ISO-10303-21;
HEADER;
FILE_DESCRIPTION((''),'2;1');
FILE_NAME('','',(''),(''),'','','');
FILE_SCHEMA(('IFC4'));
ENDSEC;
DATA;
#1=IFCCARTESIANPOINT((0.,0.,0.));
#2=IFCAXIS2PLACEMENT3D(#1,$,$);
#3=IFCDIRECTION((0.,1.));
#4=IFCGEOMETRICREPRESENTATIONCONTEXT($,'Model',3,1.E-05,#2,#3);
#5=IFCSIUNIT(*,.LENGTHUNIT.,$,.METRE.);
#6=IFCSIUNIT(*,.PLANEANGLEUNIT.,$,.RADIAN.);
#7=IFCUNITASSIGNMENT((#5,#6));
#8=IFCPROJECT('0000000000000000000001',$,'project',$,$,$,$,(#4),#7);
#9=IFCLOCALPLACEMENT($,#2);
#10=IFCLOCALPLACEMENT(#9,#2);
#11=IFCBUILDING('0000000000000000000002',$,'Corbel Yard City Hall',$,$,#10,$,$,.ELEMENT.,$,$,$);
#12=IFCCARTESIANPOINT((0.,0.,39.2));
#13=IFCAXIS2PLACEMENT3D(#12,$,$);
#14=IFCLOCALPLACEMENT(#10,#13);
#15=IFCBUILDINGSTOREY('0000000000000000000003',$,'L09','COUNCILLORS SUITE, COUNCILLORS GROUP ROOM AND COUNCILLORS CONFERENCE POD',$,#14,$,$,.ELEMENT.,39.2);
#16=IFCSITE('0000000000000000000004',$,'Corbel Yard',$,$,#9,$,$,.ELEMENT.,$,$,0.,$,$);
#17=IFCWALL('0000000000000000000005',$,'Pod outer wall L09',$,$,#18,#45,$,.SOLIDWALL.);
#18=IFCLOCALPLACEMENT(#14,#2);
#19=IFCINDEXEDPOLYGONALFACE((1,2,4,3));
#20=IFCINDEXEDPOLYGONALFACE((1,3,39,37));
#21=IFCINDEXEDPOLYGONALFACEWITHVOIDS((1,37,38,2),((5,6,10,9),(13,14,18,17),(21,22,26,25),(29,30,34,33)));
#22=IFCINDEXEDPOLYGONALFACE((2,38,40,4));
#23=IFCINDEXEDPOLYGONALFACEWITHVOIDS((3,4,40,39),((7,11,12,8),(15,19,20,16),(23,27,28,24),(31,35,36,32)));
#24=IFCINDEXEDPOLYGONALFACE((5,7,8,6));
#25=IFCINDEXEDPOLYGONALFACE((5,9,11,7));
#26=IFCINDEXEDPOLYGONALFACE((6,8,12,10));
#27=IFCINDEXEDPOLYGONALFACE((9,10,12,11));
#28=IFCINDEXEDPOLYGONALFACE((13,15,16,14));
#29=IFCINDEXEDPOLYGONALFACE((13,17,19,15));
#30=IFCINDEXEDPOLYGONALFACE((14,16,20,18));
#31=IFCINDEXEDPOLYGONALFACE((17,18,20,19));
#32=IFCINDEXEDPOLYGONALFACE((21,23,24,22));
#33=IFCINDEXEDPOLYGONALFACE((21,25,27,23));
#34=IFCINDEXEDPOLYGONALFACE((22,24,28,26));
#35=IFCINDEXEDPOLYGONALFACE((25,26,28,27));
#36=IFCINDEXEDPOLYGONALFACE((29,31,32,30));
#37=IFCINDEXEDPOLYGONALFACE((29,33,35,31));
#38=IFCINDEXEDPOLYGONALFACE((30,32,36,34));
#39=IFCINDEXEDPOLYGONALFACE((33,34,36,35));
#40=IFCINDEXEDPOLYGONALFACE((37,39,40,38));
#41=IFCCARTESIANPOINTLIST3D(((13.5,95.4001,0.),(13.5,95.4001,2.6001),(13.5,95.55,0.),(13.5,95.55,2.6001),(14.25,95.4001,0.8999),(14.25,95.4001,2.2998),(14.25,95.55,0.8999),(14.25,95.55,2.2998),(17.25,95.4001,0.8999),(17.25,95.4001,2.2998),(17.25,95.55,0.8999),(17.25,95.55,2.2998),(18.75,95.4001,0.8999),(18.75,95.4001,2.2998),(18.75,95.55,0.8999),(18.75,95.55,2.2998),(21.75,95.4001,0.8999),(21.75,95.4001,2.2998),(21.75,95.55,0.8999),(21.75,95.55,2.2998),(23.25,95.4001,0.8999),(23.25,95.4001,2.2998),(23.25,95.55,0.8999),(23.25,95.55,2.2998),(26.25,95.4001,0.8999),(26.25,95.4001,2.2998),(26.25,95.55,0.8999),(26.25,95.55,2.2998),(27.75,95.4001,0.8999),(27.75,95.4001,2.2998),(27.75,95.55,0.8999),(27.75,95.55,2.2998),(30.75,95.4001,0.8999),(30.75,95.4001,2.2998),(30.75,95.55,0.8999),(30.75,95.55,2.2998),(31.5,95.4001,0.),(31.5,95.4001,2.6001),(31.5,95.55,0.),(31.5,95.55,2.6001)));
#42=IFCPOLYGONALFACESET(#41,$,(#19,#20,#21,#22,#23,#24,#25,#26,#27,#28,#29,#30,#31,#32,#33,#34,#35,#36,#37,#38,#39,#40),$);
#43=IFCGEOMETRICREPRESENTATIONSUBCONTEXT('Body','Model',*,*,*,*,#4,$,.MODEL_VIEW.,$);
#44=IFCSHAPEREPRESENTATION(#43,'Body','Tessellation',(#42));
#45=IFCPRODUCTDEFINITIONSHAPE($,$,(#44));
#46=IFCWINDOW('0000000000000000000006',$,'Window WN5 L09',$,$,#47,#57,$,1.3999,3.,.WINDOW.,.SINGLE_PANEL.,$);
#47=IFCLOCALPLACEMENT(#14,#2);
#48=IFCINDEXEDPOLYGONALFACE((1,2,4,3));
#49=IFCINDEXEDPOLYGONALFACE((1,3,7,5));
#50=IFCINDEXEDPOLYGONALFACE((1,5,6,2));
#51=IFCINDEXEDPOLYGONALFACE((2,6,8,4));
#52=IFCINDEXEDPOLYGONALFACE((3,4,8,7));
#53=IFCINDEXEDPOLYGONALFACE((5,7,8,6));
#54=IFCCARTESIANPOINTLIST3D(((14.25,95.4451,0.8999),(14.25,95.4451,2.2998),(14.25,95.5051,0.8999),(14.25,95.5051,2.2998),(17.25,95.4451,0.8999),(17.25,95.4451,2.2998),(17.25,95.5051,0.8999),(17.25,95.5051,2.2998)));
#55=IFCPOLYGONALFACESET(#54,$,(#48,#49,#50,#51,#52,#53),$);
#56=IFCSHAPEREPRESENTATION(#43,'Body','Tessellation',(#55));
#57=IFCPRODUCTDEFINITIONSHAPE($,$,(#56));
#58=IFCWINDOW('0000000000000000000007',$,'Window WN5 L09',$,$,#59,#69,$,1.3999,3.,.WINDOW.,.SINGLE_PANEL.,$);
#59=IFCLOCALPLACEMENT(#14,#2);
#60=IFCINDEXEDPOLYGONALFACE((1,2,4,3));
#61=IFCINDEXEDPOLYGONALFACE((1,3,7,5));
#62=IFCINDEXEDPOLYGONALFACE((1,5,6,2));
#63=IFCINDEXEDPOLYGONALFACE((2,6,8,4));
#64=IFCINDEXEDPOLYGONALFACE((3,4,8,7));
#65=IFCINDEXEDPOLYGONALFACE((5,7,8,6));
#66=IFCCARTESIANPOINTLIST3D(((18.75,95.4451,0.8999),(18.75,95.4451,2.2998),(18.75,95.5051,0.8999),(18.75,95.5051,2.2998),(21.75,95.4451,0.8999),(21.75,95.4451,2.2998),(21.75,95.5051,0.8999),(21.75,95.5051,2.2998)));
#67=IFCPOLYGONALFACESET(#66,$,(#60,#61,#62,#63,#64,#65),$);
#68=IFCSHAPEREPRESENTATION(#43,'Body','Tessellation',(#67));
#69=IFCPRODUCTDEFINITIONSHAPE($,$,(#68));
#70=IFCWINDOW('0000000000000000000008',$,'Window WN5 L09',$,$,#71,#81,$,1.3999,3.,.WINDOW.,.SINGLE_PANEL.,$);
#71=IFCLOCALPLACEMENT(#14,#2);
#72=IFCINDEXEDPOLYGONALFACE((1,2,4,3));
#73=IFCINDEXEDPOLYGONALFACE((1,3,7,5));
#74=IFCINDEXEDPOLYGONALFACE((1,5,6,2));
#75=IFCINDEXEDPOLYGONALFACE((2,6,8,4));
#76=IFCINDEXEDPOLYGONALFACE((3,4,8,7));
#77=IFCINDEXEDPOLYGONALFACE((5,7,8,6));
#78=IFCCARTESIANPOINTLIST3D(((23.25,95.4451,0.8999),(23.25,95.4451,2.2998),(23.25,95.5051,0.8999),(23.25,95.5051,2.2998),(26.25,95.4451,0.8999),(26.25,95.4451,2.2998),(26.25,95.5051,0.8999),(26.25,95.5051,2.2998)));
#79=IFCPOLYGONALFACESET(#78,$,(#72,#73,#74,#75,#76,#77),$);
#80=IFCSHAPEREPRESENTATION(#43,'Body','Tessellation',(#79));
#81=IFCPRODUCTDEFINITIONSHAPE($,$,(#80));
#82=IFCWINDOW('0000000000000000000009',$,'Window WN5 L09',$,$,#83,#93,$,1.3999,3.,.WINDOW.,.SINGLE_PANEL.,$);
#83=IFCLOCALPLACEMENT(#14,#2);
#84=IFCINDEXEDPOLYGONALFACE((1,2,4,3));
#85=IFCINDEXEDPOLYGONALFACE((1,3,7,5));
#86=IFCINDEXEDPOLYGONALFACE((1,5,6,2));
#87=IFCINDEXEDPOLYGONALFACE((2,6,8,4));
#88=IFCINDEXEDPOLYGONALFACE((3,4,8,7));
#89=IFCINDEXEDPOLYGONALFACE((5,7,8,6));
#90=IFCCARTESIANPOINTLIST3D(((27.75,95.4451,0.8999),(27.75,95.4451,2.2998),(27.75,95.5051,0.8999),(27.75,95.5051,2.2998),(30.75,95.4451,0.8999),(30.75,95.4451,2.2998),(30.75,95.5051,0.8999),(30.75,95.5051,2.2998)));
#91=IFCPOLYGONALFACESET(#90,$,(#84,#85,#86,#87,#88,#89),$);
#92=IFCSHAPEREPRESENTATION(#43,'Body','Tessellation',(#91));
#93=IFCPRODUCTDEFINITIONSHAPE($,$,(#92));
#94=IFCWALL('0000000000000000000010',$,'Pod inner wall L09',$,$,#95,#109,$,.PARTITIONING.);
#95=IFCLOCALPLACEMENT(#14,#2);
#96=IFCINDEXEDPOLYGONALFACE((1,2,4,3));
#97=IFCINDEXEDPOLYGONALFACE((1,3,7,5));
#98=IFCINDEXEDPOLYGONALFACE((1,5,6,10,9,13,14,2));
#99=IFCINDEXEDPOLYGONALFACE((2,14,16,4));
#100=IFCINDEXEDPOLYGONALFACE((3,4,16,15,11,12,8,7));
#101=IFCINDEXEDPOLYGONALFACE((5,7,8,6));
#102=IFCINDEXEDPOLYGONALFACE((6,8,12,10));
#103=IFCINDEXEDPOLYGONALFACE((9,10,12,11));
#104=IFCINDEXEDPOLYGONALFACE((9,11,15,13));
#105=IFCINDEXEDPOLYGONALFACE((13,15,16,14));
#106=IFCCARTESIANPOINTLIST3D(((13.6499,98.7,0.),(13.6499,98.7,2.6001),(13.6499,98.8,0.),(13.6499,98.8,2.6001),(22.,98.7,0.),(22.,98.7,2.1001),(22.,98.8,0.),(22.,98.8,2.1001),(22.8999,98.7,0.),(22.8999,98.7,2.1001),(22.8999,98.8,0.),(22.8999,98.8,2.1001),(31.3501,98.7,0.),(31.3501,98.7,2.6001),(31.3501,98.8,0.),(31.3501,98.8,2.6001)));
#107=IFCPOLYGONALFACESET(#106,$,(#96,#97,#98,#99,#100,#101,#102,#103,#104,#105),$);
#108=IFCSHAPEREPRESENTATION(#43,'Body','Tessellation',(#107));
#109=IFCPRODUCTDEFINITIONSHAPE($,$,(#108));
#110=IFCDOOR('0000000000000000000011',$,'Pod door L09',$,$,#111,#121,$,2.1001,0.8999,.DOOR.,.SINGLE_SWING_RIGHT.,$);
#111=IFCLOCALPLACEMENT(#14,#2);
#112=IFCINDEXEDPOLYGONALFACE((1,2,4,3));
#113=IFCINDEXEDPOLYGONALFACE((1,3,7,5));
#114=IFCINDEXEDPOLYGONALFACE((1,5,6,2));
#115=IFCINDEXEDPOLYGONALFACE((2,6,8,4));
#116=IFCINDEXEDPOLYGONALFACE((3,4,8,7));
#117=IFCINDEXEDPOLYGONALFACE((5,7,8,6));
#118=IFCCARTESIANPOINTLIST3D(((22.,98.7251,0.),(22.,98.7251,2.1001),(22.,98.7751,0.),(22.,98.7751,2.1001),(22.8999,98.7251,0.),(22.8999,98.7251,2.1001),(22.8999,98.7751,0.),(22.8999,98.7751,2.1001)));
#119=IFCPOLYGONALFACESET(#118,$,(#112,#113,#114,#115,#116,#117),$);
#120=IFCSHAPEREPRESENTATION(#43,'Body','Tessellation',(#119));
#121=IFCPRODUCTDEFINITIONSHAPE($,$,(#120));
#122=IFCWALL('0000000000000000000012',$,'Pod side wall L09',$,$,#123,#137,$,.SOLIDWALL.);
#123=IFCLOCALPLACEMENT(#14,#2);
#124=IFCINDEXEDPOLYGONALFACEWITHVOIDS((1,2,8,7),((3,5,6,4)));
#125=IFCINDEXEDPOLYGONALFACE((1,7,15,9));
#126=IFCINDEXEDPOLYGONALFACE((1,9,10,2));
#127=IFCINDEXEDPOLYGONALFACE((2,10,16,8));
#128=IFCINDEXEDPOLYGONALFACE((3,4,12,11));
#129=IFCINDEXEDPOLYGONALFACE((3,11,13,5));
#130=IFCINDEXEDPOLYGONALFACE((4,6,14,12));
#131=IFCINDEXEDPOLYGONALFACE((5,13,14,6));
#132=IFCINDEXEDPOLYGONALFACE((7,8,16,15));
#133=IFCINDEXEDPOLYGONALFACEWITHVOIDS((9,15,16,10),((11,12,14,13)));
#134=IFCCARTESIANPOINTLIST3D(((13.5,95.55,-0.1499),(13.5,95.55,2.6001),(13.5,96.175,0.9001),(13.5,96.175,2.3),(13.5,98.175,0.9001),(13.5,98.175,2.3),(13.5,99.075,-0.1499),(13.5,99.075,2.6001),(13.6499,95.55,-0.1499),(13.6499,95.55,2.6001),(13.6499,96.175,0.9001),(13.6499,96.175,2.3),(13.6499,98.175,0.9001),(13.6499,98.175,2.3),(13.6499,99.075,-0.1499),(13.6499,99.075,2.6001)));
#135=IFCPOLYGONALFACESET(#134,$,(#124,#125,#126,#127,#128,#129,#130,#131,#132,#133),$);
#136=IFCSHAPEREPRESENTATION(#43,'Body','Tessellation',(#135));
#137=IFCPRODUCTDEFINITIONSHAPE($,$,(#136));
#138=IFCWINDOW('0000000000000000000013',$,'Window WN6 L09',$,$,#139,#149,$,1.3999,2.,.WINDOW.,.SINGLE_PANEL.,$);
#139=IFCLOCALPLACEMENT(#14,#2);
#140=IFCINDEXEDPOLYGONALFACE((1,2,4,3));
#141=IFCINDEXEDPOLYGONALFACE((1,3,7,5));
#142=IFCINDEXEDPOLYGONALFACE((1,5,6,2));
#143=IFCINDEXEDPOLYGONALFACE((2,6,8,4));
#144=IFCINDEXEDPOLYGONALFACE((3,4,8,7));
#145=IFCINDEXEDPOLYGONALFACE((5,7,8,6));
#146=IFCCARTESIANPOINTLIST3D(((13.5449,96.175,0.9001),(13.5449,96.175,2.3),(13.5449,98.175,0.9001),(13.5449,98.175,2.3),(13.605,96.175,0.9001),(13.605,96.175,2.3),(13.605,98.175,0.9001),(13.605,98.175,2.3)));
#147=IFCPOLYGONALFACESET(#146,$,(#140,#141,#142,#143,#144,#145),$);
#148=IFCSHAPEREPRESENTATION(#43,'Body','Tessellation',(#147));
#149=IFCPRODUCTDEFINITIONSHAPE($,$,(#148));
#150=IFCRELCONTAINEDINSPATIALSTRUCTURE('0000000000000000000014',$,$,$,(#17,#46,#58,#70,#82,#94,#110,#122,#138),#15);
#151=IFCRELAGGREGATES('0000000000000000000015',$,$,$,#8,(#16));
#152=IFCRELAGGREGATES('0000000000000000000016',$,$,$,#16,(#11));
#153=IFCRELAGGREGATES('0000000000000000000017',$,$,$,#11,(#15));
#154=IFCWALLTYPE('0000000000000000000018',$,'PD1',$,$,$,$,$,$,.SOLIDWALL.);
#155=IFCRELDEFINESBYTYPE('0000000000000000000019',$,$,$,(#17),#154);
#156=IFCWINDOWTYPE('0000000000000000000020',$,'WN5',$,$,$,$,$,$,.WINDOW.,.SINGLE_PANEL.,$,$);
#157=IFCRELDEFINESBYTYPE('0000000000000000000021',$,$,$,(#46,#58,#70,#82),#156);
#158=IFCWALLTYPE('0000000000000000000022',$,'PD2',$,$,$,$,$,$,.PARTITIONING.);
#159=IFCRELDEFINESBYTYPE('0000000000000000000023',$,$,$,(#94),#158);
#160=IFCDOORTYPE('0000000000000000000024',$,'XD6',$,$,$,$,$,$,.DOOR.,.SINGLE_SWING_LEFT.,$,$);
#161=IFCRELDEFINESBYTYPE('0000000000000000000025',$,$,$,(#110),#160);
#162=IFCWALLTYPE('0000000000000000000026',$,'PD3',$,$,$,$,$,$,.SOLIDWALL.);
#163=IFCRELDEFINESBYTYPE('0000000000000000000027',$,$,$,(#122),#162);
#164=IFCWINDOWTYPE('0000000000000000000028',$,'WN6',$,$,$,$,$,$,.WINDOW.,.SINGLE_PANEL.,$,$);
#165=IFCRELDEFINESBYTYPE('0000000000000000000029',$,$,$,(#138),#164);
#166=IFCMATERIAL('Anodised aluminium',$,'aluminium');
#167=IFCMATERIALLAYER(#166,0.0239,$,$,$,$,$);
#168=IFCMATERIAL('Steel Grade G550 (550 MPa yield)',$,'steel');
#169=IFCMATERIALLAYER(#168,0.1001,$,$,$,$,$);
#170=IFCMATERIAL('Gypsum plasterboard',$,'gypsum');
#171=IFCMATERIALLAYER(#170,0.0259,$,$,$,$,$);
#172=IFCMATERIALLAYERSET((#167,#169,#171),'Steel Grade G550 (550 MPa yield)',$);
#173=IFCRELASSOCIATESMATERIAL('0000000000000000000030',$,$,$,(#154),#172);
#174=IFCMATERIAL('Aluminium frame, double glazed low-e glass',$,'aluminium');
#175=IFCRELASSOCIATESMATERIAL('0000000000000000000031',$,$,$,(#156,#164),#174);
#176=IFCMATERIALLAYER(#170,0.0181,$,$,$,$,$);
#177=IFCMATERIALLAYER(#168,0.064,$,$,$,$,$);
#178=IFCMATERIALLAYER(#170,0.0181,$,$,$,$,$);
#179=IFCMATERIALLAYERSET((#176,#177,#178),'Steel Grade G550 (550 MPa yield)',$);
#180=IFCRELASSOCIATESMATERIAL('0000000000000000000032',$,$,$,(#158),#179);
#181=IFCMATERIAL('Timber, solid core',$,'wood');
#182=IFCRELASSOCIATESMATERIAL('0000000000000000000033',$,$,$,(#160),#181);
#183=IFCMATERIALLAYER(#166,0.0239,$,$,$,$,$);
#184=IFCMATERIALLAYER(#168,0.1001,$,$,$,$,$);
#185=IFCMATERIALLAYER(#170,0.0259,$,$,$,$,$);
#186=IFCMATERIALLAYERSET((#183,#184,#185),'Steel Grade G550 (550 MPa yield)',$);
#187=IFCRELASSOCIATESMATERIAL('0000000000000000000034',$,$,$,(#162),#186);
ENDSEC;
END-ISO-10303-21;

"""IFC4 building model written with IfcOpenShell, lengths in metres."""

from ifc_helpers import new_model, si_unit, direction, frame, frame_2d, origin, place, context, subcontext, project, spatial, rectangle, extrude, material, layer, layer_set, type_object, element, fill, save


model = new_model("IFC4")

# Units and contexts
model_context = context("Model", 3, precision=1e-05, world=origin(), true_north=direction((0.0, 1.0)))
body_context = subcontext(model_context, "Body", "Model", "MODEL_VIEW")
ifc_project = project(units=[si_unit("LENGTHUNIT", "METRE"), si_unit("PLANEANGLEUNIT", "RADIAN")], contexts=[model_context])

# Site, building, storey
site_placement = place(None, origin())
site = spatial("IfcSite", under=ifc_project, at=site_placement, Name="Corbel Yard", CompositionType="ELEMENT", RefElevation=0.0)
building_placement = place(site_placement, origin())
building = spatial("IfcBuilding", under=site, at=building_placement, Name="Corbel Yard City Hall", CompositionType="ELEMENT")
storey_placement = place(building_placement, frame((0.0, 0.0, 39.2)))
storey = spatial("IfcBuildingStorey", under=building, at=storey_placement, Name="L09", Description="COUNCILLORS SUITE, COUNCILLORS GROUP ROOM AND COUNCILLORS CONFERENCE POD", CompositionType="ELEMENT", Elevation=39.2)

# Wall, openings, windows
ifc_material_1 = material(Name="Anodised aluminium", Category="aluminium")
ifc_layer_1 = layer(ifc_material_1, 0.0239)
ifc_material_2 = material(Name="Steel Grade G550 (550 MPa yield)", Category="steel")
ifc_layer_2 = layer(ifc_material_2, 0.1001)
ifc_material_3 = material(Name="Gypsum plasterboard", Category="gypsum")
ifc_layer_3 = layer(ifc_material_3, 0.0259)
ifc_layer_set_1 = layer_set([ifc_layer_1, ifc_layer_2, ifc_layer_3], Name="Steel Grade G550 (550 MPa yield)")
wall_type_1 = type_object("IfcWallType", Name="PD1", PredefinedType="SOLIDWALL", material=ifc_layer_set_1)
wall_1_placement = place(storey_placement, frame((13.5, 95.4751, 0.0), z_axis=(0.0, 0.0, 1.0), x_axis=(1.0, 0.0, 0.0)))
wall_1 = element("IfcWall", 1, at=wall_1_placement, inside=storey, type_object=wall_type_1, Name="Pod outer wall L09", PredefinedType="SOLIDWALL", context=body_context, shape_type="SweptSolid", body=[
    extrude(rectangle(XDim=18.0, YDim=0.1499, at=frame_2d((9.0, 0.0))), origin(), (0.0, 0.0, 1.0), 2.6001),
])
opening_1_placement = place(wall_1_placement, frame((0.75, 0.0, 0.8999)))
opening_1 = element("IfcOpeningElement", 2, at=opening_1_placement, cuts=wall_1, PredefinedType="OPENING", context=body_context, shape_type="SweptSolid", body=[
    extrude(rectangle(XDim=3.0, YDim=1.3999, at=frame_2d((1.5, 0.7))), frame((0.0, 0.085, 0.0), z_axis=(0.0, -1.0, 0.0), x_axis=(1.0, 0.0, 0.0)), (0.0, 0.0, 1.0), 0.1699),
])
opening_2_placement = place(wall_1_placement, frame((5.25, 0.0, 0.8999)))
opening_2 = element("IfcOpeningElement", 3, at=opening_2_placement, cuts=wall_1, PredefinedType="OPENING", context=body_context, shape_type="SweptSolid", body=[
    extrude(rectangle(XDim=3.0, YDim=1.3999, at=frame_2d((1.5, 0.7))), frame((0.0, 0.085, 0.0), z_axis=(0.0, -1.0, 0.0), x_axis=(1.0, 0.0, 0.0)), (0.0, 0.0, 1.0), 0.1699),
])
opening_3_placement = place(wall_1_placement, frame((9.75, 0.0, 0.8999)))
opening_3 = element("IfcOpeningElement", 4, at=opening_3_placement, cuts=wall_1, PredefinedType="OPENING", context=body_context, shape_type="SweptSolid", body=[
    extrude(rectangle(XDim=3.0, YDim=1.3999, at=frame_2d((1.5, 0.7))), frame((0.0, 0.085, 0.0), z_axis=(0.0, -1.0, 0.0), x_axis=(1.0, 0.0, 0.0)), (0.0, 0.0, 1.0), 0.1699),
])
opening_4_placement = place(wall_1_placement, frame((14.25, 0.0, 0.8999)))
opening_4 = element("IfcOpeningElement", 5, at=opening_4_placement, cuts=wall_1, PredefinedType="OPENING", context=body_context, shape_type="SweptSolid", body=[
    extrude(rectangle(XDim=3.0, YDim=1.3999, at=frame_2d((1.5, 0.7))), frame((0.0, 0.085, 0.0), z_axis=(0.0, -1.0, 0.0), x_axis=(1.0, 0.0, 0.0)), (0.0, 0.0, 1.0), 0.1699),
])
ifc_material_4 = material(Name="Aluminium frame, double glazed low-e glass", Category="aluminium")
window_type_1 = type_object("IfcWindowType", Name="WN5", PartitioningType="SINGLE_PANEL", PredefinedType="WINDOW", material=ifc_material_4)
window_1_placement = place(opening_1_placement, origin())
window_1 = element("IfcWindow", 6, at=window_1_placement, inside=storey, type_object=window_type_1, Name="Window WN5 L09", OverallHeight=1.3999, OverallWidth=3.0, PartitioningType="SINGLE_PANEL", PredefinedType="WINDOW", context=body_context, shape_type="SweptSolid", body=[
    extrude(rectangle(XDim=3.0, YDim=1.3999, at=frame_2d((1.5, 0.7))), frame((0.0, 0.03, 0.0), z_axis=(0.0, -1.0, 0.0), x_axis=(1.0, 0.0, 0.0)), (0.0, 0.0, 1.0), 0.0601),
])
fill(opening_1, window_1)
window_2_placement = place(opening_2_placement, origin())
window_2 = element("IfcWindow", 7, at=window_2_placement, inside=storey, type_object=window_type_1, Name="Window WN5 L09", OverallHeight=1.3999, OverallWidth=3.0, PartitioningType="SINGLE_PANEL", PredefinedType="WINDOW", context=body_context, shape_type="SweptSolid", body=[
    extrude(rectangle(XDim=3.0, YDim=1.3999, at=frame_2d((1.5, 0.7))), frame((0.0, 0.03, 0.0), z_axis=(0.0, -1.0, 0.0), x_axis=(1.0, 0.0, 0.0)), (0.0, 0.0, 1.0), 0.0601),
])
fill(opening_2, window_2)
window_3_placement = place(opening_3_placement, origin())
window_3 = element("IfcWindow", 8, at=window_3_placement, inside=storey, type_object=window_type_1, Name="Window WN5 L09", OverallHeight=1.3999, OverallWidth=3.0, PartitioningType="SINGLE_PANEL", PredefinedType="WINDOW", context=body_context, shape_type="SweptSolid", body=[
    extrude(rectangle(XDim=3.0, YDim=1.3999, at=frame_2d((1.5, 0.7))), frame((0.0, 0.03, 0.0), z_axis=(0.0, -1.0, 0.0), x_axis=(1.0, 0.0, 0.0)), (0.0, 0.0, 1.0), 0.0601),
])
fill(opening_3, window_3)
window_4_placement = place(opening_4_placement, origin())
window_4 = element("IfcWindow", 9, at=window_4_placement, inside=storey, type_object=window_type_1, Name="Window WN5 L09", OverallHeight=1.3999, OverallWidth=3.0, PartitioningType="SINGLE_PANEL", PredefinedType="WINDOW", context=body_context, shape_type="SweptSolid", body=[
    extrude(rectangle(XDim=3.0, YDim=1.3999, at=frame_2d((1.5, 0.7))), frame((0.0, 0.03, 0.0), z_axis=(0.0, -1.0, 0.0), x_axis=(1.0, 0.0, 0.0)), (0.0, 0.0, 1.0), 0.0601),
])
fill(opening_4, window_4)

# Wall, opening, door
ifc_layer_4 = layer(ifc_material_3, 0.0181)
ifc_layer_5 = layer(ifc_material_2, 0.064)
ifc_layer_6 = layer(ifc_material_3, 0.0181)
ifc_layer_set_2 = layer_set([ifc_layer_4, ifc_layer_5, ifc_layer_6], Name="Steel Grade G550 (550 MPa yield)")
wall_type_2 = type_object("IfcWallType", Name="PD2", PredefinedType="PARTITIONING", material=ifc_layer_set_2)
wall_2_placement = place(storey_placement, frame((13.6499, 98.75, 0.0), z_axis=(0.0, 0.0, 1.0), x_axis=(1.0, 0.0, 0.0)))
wall_2 = element("IfcWall", 10, at=wall_2_placement, inside=storey, type_object=wall_type_2, Name="Pod inner wall L09", PredefinedType="PARTITIONING", context=body_context, shape_type="SweptSolid", body=[
    extrude(rectangle(XDim=17.7002, YDim=0.1001, at=frame_2d((8.8501, 0.0))), origin(), (0.0, 0.0, 1.0), 2.6001),
])
opening_5_placement = place(wall_2_placement, frame((8.3501, 0.0, 0.0)))
opening_5 = element("IfcOpeningElement", 11, at=opening_5_placement, cuts=wall_2, PredefinedType="OPENING", context=body_context, shape_type="SweptSolid", body=[
    extrude(rectangle(XDim=0.8999, YDim=2.1001, at=frame_2d((0.45, 1.05))), frame((0.0, 0.0601, 0.0), z_axis=(0.0, -1.0, 0.0), x_axis=(1.0, 0.0, 0.0)), (0.0, 0.0, 1.0), 0.1201),
])
ifc_material_5 = material(Name="Timber, solid core", Category="wood")
door_type_1 = type_object("IfcDoorType", Name="XD6", OperationType="SINGLE_SWING_LEFT", PredefinedType="DOOR", material=ifc_material_5)
door_1_placement = place(opening_5_placement, frame((0.8999, 0.0, 0.0), z_axis=(0.0, 0.0, 1.0), x_axis=(-1.0, 0.0, 0.0)))
door_1 = element("IfcDoor", 12, at=door_1_placement, inside=storey, type_object=door_type_1, Name="Pod door L09", OperationType="SINGLE_SWING_RIGHT", OverallHeight=2.1001, OverallWidth=0.8999, PredefinedType="DOOR", context=body_context, shape_type="SweptSolid", body=[
    extrude(rectangle(XDim=0.8999, YDim=2.1001, at=frame_2d((0.45, 1.05))), frame((0.0, 0.0249, 0.0), z_axis=(0.0, -1.0, 0.0), x_axis=(1.0, 0.0, 0.0)), (0.0, 0.0, 1.0), 0.05),
])
fill(opening_5, door_1)

# Wall, opening, window
ifc_layer_7 = layer(ifc_material_1, 0.0239)
ifc_layer_8 = layer(ifc_material_2, 0.1001)
ifc_layer_9 = layer(ifc_material_3, 0.0259)
ifc_layer_set_3 = layer_set([ifc_layer_7, ifc_layer_8, ifc_layer_9], Name="Steel Grade G550 (550 MPa yield)")
wall_type_3 = type_object("IfcWallType", Name="PD3", PredefinedType="SOLIDWALL", material=ifc_layer_set_3)
wall_3_placement = place(storey_placement, frame((13.575, 95.55, -0.1499), z_axis=(0.0, 0.0, 1.0), x_axis=(0.0, 1.0, 0.0)))
wall_3 = element("IfcWall", 13, at=wall_3_placement, inside=storey, type_object=wall_type_3, Name="Pod side wall L09", PredefinedType="SOLIDWALL", context=body_context, shape_type="SweptSolid", body=[
    extrude(rectangle(XDim=3.5249, YDim=0.1499, at=frame_2d((1.7625, 0.0))), origin(), (0.0, 0.0, 1.0), 2.75),
])
opening_6_placement = place(wall_3_placement, frame((0.625, 0.0, 1.05)))
opening_6 = element("IfcOpeningElement", 14, at=opening_6_placement, cuts=wall_3, PredefinedType="OPENING", context=body_context, shape_type="SweptSolid", body=[
    extrude(rectangle(XDim=2.0, YDim=1.3999, at=frame_2d((1.0, 0.7))), frame((0.0, 0.085, 0.0), z_axis=(0.0, -1.0, 0.0), x_axis=(1.0, 0.0, 0.0)), (0.0, 0.0, 1.0), 0.1699),
])
window_type_2 = type_object("IfcWindowType", Name="WN6", PartitioningType="SINGLE_PANEL", PredefinedType="WINDOW", material=ifc_material_4)
window_5_placement = place(opening_6_placement, origin())
window_5 = element("IfcWindow", 15, at=window_5_placement, inside=storey, type_object=window_type_2, Name="Window WN6 L09", OverallHeight=1.3999, OverallWidth=2.0, PartitioningType="SINGLE_PANEL", PredefinedType="WINDOW", context=body_context, shape_type="SweptSolid", body=[
    extrude(rectangle(XDim=2.0, YDim=1.3999, at=frame_2d((1.0, 0.7))), frame((0.0, 0.03, 0.0), z_axis=(0.0, -1.0, 0.0), x_axis=(1.0, 0.0, 0.0)), (0.0, 0.0, 1.0), 0.0601),
])
fill(opening_6, window_5)

save(model, "model.ifc")
